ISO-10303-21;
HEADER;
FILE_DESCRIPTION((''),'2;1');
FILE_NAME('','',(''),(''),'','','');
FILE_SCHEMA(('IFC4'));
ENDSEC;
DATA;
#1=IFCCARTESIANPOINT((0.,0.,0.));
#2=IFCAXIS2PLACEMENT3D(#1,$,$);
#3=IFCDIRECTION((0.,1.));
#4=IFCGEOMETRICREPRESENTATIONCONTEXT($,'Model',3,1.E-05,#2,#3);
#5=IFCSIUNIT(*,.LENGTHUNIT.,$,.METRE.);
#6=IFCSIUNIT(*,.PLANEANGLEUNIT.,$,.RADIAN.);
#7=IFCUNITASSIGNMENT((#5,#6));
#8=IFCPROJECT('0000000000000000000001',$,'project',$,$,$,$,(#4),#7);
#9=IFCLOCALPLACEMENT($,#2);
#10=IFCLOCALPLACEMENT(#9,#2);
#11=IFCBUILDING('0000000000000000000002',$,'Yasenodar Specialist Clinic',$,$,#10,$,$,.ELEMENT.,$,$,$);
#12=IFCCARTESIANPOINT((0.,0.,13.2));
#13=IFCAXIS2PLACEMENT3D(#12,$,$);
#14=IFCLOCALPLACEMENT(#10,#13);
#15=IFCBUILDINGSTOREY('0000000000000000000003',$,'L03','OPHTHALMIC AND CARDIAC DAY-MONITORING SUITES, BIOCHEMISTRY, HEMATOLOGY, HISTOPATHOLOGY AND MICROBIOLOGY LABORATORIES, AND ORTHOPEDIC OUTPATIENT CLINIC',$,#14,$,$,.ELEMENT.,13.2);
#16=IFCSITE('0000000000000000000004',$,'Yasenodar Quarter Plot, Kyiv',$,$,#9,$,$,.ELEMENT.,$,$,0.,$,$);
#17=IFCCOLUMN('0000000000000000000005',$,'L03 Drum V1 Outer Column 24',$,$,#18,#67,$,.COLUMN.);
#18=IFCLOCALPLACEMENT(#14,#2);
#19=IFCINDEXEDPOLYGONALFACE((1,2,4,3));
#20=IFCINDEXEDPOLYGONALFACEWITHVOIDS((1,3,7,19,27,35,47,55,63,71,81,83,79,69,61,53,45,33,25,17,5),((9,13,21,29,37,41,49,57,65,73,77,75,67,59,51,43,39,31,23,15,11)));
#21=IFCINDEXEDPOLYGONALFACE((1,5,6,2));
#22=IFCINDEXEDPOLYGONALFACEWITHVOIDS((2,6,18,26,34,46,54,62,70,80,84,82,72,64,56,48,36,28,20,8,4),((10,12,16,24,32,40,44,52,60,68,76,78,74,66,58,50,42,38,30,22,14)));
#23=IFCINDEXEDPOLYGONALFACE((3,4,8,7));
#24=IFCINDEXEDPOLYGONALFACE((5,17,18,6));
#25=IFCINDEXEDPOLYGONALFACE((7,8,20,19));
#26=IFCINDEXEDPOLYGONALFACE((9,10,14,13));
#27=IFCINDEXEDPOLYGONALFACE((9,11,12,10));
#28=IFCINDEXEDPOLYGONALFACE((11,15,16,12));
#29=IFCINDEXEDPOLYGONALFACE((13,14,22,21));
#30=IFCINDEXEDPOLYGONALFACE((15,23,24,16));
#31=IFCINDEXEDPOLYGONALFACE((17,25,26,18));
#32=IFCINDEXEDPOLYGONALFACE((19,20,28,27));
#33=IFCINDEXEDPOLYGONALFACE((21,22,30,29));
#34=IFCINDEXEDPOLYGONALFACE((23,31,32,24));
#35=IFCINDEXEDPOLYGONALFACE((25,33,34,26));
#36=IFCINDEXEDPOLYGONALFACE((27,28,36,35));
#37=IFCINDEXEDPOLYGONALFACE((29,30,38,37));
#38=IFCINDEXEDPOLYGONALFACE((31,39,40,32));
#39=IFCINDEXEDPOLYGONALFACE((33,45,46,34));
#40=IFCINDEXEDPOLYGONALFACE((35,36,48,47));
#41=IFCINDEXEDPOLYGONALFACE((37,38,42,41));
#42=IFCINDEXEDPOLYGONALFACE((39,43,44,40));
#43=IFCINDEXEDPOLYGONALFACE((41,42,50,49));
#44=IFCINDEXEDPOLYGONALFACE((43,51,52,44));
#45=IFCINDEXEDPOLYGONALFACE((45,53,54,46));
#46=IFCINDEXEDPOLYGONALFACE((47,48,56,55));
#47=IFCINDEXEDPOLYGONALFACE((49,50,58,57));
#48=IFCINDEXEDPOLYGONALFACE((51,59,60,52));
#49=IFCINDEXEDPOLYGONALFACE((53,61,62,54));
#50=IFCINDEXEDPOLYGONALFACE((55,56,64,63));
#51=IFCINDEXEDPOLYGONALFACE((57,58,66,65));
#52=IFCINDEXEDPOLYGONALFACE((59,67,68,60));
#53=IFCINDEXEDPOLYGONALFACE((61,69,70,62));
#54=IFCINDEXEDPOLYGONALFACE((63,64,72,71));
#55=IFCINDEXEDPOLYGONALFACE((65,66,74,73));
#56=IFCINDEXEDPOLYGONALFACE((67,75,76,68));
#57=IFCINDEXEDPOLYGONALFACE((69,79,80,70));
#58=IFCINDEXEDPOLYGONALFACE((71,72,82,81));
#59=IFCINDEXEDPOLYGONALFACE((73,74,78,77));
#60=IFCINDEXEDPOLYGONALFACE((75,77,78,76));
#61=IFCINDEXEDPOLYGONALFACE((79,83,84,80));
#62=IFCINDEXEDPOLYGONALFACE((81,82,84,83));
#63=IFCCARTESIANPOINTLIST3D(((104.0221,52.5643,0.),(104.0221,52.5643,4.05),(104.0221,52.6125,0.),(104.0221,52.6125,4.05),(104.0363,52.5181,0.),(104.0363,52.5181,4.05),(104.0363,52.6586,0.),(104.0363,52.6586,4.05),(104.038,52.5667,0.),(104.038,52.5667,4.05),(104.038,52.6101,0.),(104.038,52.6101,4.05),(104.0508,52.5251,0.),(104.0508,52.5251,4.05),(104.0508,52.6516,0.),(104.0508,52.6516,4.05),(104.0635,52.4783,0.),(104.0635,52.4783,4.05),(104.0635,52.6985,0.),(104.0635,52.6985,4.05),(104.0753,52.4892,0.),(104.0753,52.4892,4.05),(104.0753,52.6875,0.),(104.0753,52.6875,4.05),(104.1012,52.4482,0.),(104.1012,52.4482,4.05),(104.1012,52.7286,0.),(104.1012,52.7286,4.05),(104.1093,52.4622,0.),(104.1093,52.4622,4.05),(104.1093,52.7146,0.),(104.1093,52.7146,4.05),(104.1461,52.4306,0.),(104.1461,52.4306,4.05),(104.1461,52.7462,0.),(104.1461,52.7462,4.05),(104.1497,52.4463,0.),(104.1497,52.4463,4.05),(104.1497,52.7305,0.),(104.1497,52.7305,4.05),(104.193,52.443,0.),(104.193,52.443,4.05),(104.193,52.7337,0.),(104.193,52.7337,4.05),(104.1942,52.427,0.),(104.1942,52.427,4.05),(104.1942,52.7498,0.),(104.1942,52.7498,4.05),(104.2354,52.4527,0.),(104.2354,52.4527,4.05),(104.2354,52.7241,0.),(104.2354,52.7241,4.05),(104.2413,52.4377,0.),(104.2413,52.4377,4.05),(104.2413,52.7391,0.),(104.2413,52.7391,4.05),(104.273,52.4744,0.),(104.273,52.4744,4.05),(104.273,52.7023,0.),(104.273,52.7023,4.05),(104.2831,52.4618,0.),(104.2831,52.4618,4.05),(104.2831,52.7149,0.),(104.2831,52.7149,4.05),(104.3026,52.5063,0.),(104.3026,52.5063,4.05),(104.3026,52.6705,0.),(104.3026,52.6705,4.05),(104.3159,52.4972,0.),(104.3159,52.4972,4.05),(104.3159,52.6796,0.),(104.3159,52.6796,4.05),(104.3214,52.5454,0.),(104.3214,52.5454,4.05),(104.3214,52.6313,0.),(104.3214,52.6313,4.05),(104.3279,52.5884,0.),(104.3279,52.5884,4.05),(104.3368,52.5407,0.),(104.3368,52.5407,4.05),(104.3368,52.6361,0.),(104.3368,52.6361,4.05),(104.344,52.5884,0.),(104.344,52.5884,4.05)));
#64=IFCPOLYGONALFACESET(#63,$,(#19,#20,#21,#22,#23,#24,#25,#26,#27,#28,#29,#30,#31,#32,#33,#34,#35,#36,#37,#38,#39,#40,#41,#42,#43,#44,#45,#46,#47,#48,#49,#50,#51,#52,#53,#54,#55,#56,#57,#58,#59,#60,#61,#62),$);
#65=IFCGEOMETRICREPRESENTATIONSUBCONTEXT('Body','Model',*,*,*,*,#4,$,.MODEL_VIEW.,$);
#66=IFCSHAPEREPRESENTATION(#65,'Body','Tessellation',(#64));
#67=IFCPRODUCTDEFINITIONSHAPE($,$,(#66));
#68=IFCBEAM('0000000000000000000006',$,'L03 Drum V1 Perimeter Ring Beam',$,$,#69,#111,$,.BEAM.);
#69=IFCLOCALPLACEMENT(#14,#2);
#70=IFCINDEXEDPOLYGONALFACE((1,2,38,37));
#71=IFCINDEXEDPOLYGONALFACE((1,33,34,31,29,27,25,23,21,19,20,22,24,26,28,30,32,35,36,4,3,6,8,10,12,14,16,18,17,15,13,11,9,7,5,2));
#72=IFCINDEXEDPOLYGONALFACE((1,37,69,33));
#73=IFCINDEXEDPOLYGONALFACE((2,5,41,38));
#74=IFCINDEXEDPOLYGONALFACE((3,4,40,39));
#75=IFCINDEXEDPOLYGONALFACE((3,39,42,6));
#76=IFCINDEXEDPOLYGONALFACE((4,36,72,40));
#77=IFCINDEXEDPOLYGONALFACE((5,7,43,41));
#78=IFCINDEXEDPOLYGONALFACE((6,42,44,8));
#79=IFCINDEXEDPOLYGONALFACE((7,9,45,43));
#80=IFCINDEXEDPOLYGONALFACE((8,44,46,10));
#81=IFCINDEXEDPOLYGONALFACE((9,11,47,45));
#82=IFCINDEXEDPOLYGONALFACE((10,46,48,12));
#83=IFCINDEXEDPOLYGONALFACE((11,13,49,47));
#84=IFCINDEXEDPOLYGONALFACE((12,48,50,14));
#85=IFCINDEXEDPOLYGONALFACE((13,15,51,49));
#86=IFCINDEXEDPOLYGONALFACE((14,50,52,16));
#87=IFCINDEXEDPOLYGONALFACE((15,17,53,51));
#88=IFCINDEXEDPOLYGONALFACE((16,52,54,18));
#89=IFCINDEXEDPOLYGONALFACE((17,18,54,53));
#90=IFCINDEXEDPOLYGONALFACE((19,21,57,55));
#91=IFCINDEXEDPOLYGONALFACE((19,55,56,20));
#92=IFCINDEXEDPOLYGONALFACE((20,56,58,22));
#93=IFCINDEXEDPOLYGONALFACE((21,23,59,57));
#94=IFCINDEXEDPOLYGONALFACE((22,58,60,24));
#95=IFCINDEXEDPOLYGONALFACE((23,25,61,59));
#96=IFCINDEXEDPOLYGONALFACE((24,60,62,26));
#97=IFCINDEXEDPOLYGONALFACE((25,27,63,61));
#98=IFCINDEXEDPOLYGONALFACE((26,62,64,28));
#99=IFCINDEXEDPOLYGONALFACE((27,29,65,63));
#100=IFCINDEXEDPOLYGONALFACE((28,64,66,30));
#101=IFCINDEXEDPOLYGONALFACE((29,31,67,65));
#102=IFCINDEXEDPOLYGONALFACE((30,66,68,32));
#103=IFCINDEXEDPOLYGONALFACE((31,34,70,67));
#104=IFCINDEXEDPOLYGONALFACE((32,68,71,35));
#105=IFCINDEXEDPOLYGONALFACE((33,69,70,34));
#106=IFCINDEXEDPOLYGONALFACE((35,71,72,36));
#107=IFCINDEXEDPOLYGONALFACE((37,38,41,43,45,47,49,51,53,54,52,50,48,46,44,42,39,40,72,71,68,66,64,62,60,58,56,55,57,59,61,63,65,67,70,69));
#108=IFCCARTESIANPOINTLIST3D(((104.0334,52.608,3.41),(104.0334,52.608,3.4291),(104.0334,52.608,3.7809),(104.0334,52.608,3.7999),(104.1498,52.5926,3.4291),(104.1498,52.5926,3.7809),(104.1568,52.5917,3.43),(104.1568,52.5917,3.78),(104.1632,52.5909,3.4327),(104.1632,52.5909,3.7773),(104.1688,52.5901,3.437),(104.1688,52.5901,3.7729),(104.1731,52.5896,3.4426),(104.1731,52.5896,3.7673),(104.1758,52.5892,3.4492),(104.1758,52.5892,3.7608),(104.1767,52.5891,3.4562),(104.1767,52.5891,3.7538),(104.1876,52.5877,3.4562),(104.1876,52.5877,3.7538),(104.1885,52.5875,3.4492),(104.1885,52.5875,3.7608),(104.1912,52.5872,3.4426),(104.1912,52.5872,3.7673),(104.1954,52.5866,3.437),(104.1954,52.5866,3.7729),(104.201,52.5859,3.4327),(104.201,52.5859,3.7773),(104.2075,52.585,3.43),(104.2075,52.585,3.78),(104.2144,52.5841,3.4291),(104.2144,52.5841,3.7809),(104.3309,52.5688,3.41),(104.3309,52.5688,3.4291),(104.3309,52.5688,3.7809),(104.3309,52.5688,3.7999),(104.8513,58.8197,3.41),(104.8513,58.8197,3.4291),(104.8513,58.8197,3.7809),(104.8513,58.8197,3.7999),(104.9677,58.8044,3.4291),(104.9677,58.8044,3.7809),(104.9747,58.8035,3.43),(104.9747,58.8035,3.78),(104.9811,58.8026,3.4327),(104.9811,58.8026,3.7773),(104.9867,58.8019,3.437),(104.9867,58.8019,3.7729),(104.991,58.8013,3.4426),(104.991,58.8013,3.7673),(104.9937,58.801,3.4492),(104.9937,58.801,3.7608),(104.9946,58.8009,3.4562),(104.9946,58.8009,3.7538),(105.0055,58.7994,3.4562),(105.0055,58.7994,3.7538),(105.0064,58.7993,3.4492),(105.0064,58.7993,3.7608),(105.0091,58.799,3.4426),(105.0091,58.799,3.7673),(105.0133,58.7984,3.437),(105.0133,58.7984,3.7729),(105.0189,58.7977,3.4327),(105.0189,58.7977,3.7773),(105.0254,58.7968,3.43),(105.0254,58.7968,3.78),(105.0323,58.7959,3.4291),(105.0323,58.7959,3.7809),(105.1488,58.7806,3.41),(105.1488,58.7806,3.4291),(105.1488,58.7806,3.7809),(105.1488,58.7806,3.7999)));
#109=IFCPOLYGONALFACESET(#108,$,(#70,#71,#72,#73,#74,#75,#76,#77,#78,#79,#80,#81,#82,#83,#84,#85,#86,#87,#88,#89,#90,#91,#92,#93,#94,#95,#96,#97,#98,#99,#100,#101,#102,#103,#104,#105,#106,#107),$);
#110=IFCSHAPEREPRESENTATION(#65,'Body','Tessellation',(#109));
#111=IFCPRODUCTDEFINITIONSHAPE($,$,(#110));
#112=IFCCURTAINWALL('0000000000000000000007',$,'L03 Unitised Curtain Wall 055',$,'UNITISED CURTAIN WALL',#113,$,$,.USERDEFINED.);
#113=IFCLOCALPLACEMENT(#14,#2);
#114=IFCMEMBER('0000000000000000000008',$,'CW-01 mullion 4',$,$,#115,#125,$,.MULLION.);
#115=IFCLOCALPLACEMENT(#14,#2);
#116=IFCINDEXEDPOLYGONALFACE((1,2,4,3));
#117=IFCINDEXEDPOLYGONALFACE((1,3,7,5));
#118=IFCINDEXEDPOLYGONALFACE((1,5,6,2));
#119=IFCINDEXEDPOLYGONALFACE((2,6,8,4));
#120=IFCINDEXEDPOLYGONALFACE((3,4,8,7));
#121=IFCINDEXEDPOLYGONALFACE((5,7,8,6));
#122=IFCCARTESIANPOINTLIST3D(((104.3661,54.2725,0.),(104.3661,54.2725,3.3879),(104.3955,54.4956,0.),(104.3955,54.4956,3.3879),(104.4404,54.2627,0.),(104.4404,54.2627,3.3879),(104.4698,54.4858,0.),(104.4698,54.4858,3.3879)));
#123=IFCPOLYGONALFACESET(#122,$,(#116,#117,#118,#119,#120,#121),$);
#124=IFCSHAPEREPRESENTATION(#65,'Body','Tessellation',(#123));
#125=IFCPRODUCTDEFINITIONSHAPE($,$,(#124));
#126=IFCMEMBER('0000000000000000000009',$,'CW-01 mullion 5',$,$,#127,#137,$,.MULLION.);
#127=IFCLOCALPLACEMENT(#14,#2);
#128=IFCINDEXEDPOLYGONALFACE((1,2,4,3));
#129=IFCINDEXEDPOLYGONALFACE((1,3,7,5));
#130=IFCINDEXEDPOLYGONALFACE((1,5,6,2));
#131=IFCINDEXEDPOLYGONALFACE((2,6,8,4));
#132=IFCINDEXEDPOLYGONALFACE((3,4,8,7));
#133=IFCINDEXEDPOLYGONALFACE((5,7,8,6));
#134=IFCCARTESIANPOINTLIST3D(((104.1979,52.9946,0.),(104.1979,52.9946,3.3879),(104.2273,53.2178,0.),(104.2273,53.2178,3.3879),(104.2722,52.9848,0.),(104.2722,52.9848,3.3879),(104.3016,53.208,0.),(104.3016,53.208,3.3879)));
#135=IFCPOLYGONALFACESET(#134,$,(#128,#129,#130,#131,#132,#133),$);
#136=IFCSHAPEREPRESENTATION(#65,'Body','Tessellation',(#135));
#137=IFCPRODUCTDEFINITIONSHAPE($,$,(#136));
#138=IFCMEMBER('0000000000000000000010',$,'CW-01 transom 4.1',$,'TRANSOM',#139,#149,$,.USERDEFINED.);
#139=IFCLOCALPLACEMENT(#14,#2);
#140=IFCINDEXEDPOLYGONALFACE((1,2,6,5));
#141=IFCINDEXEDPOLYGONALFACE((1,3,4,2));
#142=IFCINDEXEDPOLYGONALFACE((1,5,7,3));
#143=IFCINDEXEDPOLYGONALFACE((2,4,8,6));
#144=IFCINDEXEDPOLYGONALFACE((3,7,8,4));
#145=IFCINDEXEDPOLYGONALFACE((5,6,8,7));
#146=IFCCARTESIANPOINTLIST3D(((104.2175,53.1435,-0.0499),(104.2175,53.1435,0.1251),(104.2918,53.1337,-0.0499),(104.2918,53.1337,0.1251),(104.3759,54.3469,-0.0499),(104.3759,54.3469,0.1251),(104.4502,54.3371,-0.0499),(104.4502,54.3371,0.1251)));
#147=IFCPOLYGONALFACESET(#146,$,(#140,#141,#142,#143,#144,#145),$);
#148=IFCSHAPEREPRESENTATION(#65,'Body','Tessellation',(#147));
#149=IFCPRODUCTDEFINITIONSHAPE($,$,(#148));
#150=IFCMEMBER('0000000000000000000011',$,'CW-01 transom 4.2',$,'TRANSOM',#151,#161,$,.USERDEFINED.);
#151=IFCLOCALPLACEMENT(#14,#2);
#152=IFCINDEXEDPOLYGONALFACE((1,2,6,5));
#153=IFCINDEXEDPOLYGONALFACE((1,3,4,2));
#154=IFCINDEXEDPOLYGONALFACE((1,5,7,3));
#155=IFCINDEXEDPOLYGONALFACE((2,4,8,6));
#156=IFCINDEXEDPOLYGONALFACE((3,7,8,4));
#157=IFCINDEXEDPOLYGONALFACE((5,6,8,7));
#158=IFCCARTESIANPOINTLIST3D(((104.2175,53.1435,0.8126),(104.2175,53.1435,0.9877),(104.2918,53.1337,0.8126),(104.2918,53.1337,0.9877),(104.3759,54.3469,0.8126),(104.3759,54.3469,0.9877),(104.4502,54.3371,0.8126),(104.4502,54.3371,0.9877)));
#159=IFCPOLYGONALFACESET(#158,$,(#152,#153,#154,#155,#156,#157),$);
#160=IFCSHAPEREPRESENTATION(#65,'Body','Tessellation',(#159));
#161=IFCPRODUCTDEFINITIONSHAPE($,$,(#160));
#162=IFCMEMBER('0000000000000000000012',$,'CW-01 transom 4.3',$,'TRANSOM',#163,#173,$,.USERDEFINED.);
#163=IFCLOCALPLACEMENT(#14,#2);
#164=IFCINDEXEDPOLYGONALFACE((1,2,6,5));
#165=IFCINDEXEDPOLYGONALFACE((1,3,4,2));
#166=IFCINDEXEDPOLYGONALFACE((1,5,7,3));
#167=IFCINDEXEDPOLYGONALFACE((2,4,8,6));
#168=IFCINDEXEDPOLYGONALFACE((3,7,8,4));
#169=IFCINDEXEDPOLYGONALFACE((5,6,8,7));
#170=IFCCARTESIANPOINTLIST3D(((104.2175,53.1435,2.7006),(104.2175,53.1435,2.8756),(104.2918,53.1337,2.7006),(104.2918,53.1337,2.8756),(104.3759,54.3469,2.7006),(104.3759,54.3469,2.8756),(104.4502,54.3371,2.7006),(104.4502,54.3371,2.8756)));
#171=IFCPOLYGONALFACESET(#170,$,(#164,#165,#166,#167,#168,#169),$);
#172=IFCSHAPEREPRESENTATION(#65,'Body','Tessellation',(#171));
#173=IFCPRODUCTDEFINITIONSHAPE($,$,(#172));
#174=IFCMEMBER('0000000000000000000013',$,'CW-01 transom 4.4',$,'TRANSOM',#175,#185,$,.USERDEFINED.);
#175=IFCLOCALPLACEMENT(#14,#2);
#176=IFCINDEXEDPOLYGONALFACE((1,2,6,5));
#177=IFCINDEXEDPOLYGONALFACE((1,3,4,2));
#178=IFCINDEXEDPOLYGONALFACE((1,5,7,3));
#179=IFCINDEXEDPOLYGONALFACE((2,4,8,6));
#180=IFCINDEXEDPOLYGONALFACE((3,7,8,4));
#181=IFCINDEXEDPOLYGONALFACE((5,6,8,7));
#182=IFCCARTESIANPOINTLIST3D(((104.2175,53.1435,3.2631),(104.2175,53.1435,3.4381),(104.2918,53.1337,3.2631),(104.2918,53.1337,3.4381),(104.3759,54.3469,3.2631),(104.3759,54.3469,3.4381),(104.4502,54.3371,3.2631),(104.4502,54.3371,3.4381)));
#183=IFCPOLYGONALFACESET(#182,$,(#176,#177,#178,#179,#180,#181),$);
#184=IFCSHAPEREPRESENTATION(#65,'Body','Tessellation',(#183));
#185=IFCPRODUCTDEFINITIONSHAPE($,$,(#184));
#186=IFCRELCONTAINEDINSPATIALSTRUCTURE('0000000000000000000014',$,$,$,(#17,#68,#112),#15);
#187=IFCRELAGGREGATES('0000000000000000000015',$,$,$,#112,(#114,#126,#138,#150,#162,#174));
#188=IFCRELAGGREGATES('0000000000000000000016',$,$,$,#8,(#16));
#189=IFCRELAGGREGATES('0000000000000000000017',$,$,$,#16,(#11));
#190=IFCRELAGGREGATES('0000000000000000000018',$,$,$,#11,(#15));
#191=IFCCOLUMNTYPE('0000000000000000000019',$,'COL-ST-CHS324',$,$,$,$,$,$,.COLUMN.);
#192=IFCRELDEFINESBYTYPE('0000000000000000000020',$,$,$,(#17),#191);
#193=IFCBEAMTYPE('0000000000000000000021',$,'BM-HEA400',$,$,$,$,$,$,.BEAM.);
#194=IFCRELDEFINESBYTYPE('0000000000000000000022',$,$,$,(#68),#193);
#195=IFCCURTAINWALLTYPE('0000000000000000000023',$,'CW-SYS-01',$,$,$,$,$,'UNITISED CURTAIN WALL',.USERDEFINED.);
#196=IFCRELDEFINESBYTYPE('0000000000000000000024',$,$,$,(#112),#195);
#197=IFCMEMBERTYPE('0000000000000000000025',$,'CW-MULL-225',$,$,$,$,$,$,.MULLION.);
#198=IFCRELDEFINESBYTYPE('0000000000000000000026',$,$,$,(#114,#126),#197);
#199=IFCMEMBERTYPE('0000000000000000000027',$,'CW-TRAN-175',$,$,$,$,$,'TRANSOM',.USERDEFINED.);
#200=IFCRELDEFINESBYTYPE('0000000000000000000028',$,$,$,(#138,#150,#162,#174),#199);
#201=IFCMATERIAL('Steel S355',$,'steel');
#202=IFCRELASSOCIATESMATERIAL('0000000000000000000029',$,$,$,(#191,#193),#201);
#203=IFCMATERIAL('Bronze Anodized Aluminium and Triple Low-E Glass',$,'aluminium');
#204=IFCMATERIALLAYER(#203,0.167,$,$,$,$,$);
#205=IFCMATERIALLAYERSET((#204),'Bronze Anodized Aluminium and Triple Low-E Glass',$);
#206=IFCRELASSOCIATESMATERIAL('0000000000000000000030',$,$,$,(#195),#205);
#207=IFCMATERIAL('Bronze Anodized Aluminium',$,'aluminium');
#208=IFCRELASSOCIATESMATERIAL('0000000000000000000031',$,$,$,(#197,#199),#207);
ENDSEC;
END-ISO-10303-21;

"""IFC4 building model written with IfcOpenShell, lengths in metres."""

from ifc_helpers import new_model, si_unit, direction, frame, origin, origin_2d, place, context, subcontext, project, spatial, rectangle, hollow_circle, i_section, extrude, material, layer, layer_set, material_profile, profile_set, type_object, element, aggregate, save


model = new_model("IFC4")

# Units and contexts
model_context = context("Model", 3, precision=1e-05, world=origin(), true_north=direction((0.0, 1.0)))
body_context = subcontext(model_context, "Body", "Model", "MODEL_VIEW")
ifc_project = project(units=[si_unit("LENGTHUNIT", "METRE"), si_unit("PLANEANGLEUNIT", "RADIAN")], contexts=[model_context])

# Site, building, storey
site_placement = place(None, origin())
site = spatial("IfcSite", under=ifc_project, at=site_placement, Name="Yasenodar Quarter Plot, Kyiv", CompositionType="ELEMENT", RefElevation=0.0)
building_placement = place(site_placement, origin())
building = spatial("IfcBuilding", under=site, at=building_placement, Name="Yasenodar Specialist Clinic", CompositionType="ELEMENT")
storey_placement = place(building_placement, frame((0.0, 0.0, 13.2)))
storey = spatial("IfcBuildingStorey", under=building, at=storey_placement, Name="L03", Description="OPHTHALMIC AND CARDIAC DAY-MONITORING SUITES, BIOCHEMISTRY, HEMATOLOGY, HISTOPATHOLOGY AND MICROBIOLOGY LABORATORIES, AND ORTHOPEDIC OUTPATIENT CLINIC", CompositionType="ELEMENT", Elevation=13.2)

# Column
ifc_material_1 = material(Name="Steel S355", Category="steel")
ifc_material_profile_1 = material_profile(ifc_material_1, hollow_circle(Radius=0.1619, WallThickness=0.0161, at=origin_2d()), Name="CHS 323.9x16")
ifc_profile_set_1 = profile_set([ifc_material_profile_1], Name="Steel S355")
column_type = type_object("IfcColumnType", Name="COL-ST-CHS324", PredefinedType="COLUMN", material=ifc_profile_set_1)
column_placement = place(storey_placement, frame((104.1821, 52.5884, 0.0), z_axis=(0.0, 0.0, 1.0), x_axis=(1.0, 0.0, 0.0)))
element("IfcColumn", 1, at=column_placement, inside=storey, type_object=column_type, Name="L03 Drum V1 Outer Column 24", PredefinedType="COLUMN", context=body_context, shape_type="SweptSolid", body=[
    extrude(hollow_circle(Radius=0.1619, WallThickness=0.0161, at=origin_2d()), origin(), (0.0, 0.0, 1.0), 4.05),
])

# Beam
ifc_material_profile_2 = material_profile(ifc_material_1, i_section(OverallWidth=0.3, OverallDepth=0.3899, WebThickness=0.011, FlangeThickness=0.019, FilletRadius=0.0271, at=origin_2d()), Name="HEA 400")
ifc_profile_set_2 = profile_set([ifc_material_profile_2], Name="Steel S355")
beam_type = type_object("IfcBeamType", Name="BM-HEA400", PredefinedType="BEAM", material=ifc_profile_set_2)
beam_placement = place(storey_placement, frame((104.1821, 52.5884, 3.605), z_axis=(0.13054, 0.991443, 0.0), x_axis=(-0.991443, 0.13054, 0.0)))
element("IfcBeam", 2, at=beam_placement, inside=storey, type_object=beam_type, Name="L03 Drum V1 Perimeter Ring Beam", PredefinedType="BEAM", context=body_context, shape_type="SweptSolid", body=[
    extrude(i_section(OverallWidth=0.3, OverallDepth=0.3899, WebThickness=0.011, FlangeThickness=0.019, FilletRadius=0.0271, at=origin_2d()), origin(), (0.0, 0.0, 1.0), 6.2654),
])

# Curtain wall, members
ifc_material_2 = material(Name="Bronze Anodized Aluminium and Triple Low-E Glass", Category="aluminium")
ifc_layer_1 = layer(ifc_material_2, 0.167)
ifc_layer_set_1 = layer_set([ifc_layer_1], Name="Bronze Anodized Aluminium and Triple Low-E Glass")
curtain_wall_type = type_object("IfcCurtainWallType", Name="CW-SYS-01", ElementType="UNITISED CURTAIN WALL", PredefinedType="USERDEFINED", material=ifc_layer_set_1)
curtain_wall_placement = place(storey_placement, origin())
curtain_wall = element("IfcCurtainWall", 3, at=curtain_wall_placement, inside=storey, type_object=curtain_wall_type, Name="L03 Unitised Curtain Wall 055", ObjectType="UNITISED CURTAIN WALL", PredefinedType="USERDEFINED")
ifc_material_3 = material(Name="Bronze Anodized Aluminium", Category="aluminium")
ifc_material_profile_3 = material_profile(ifc_material_3, rectangle(XDim=0.075, YDim=0.2251, at=origin_2d()), Name="CW-MULL 75x225")
ifc_profile_set_3 = profile_set([ifc_material_profile_3], Name="Bronze Anodized Aluminium")
member_type_1 = type_object("IfcMemberType", Name="CW-MULL-225", PredefinedType="MULLION", material=ifc_profile_set_3)
member_1_placement = place(storey_placement, frame((104.418, 54.3792, 0.0), z_axis=(0.0, 0.0, 1.0), x_axis=(0.991447, -0.130512, 0.0)))
member_1 = element("IfcMember", 4, at=member_1_placement, type_object=member_type_1, Name="CW-01 mullion 4", PredefinedType="MULLION", context=body_context, shape_type="SweptSolid", body=[
    extrude(rectangle(XDim=0.075, YDim=0.2251, at=origin_2d()), origin(), (0.0, 0.0, 1.0), 3.3879),
])
member_2_placement = place(storey_placement, frame((104.2498, 53.1013, 0.0), z_axis=(0.0, 0.0, 1.0), x_axis=(0.991447, -0.130512, 0.0)))
member_2 = element("IfcMember", 5, at=member_2_placement, type_object=member_type_1, Name="CW-01 mullion 5", PredefinedType="MULLION", context=body_context, shape_type="SweptSolid", body=[
    extrude(rectangle(XDim=0.075, YDim=0.2251, at=origin_2d()), origin(), (0.0, 0.0, 1.0), 3.3879),
])
ifc_material_profile_4 = material_profile(ifc_material_3, rectangle(XDim=0.075, YDim=0.175, at=origin_2d()), Name="CW-TRAN 75x175")
ifc_profile_set_4 = profile_set([ifc_material_profile_4], Name="Bronze Anodized Aluminium")
member_type_2 = type_object("IfcMemberType", Name="CW-TRAN-175", ElementType="TRANSOM", PredefinedType="USERDEFINED", material=ifc_profile_set_4)
member_3_placement = place(storey_placement, frame((104.4131, 54.342, 0.0376), z_axis=(-0.130543, -0.991443, 0.0), x_axis=(0.991443, -0.130543, 0.0)))
member_3 = element("IfcMember", 6, at=member_3_placement, type_object=member_type_2, Name="CW-01 transom 4.1", ObjectType="TRANSOM", PredefinedType="USERDEFINED", context=body_context, shape_type="SweptSolid", body=[
    extrude(rectangle(XDim=0.075, YDim=0.175, at=origin_2d()), origin(), (0.0, 0.0, 1.0), 1.2139),
])
member_4_placement = place(storey_placement, frame((104.4131, 54.342, 0.9001), z_axis=(-0.130543, -0.991443, 0.0), x_axis=(0.991443, -0.130543, 0.0)))
member_4 = element("IfcMember", 7, at=member_4_placement, type_object=member_type_2, Name="CW-01 transom 4.2", ObjectType="TRANSOM", PredefinedType="USERDEFINED", context=body_context, shape_type="SweptSolid", body=[
    extrude(rectangle(XDim=0.075, YDim=0.175, at=origin_2d()), origin(), (0.0, 0.0, 1.0), 1.2139),
])
member_5_placement = place(storey_placement, frame((104.4131, 54.342, 2.7881), z_axis=(-0.130543, -0.991443, 0.0), x_axis=(0.991443, -0.130543, 0.0)))
member_5 = element("IfcMember", 8, at=member_5_placement, type_object=member_type_2, Name="CW-01 transom 4.3", ObjectType="TRANSOM", PredefinedType="USERDEFINED", context=body_context, shape_type="SweptSolid", body=[
    extrude(rectangle(XDim=0.075, YDim=0.175, at=origin_2d()), origin(), (0.0, 0.0, 1.0), 1.2139),
])
member_6_placement = place(storey_placement, frame((104.4131, 54.342, 3.3506), z_axis=(-0.130543, -0.991443, 0.0), x_axis=(0.991443, -0.130543, 0.0)))
member_6 = element("IfcMember", 9, at=member_6_placement, type_object=member_type_2, Name="CW-01 transom 4.4", ObjectType="TRANSOM", PredefinedType="USERDEFINED", context=body_context, shape_type="SweptSolid", body=[
    extrude(rectangle(XDim=0.075, YDim=0.175, at=origin_2d()), origin(), (0.0, 0.0, 1.0), 1.2139),
])
aggregate(curtain_wall, [member_1, member_2, member_3, member_4, member_5, member_6])

save(model, "model.ifc")
